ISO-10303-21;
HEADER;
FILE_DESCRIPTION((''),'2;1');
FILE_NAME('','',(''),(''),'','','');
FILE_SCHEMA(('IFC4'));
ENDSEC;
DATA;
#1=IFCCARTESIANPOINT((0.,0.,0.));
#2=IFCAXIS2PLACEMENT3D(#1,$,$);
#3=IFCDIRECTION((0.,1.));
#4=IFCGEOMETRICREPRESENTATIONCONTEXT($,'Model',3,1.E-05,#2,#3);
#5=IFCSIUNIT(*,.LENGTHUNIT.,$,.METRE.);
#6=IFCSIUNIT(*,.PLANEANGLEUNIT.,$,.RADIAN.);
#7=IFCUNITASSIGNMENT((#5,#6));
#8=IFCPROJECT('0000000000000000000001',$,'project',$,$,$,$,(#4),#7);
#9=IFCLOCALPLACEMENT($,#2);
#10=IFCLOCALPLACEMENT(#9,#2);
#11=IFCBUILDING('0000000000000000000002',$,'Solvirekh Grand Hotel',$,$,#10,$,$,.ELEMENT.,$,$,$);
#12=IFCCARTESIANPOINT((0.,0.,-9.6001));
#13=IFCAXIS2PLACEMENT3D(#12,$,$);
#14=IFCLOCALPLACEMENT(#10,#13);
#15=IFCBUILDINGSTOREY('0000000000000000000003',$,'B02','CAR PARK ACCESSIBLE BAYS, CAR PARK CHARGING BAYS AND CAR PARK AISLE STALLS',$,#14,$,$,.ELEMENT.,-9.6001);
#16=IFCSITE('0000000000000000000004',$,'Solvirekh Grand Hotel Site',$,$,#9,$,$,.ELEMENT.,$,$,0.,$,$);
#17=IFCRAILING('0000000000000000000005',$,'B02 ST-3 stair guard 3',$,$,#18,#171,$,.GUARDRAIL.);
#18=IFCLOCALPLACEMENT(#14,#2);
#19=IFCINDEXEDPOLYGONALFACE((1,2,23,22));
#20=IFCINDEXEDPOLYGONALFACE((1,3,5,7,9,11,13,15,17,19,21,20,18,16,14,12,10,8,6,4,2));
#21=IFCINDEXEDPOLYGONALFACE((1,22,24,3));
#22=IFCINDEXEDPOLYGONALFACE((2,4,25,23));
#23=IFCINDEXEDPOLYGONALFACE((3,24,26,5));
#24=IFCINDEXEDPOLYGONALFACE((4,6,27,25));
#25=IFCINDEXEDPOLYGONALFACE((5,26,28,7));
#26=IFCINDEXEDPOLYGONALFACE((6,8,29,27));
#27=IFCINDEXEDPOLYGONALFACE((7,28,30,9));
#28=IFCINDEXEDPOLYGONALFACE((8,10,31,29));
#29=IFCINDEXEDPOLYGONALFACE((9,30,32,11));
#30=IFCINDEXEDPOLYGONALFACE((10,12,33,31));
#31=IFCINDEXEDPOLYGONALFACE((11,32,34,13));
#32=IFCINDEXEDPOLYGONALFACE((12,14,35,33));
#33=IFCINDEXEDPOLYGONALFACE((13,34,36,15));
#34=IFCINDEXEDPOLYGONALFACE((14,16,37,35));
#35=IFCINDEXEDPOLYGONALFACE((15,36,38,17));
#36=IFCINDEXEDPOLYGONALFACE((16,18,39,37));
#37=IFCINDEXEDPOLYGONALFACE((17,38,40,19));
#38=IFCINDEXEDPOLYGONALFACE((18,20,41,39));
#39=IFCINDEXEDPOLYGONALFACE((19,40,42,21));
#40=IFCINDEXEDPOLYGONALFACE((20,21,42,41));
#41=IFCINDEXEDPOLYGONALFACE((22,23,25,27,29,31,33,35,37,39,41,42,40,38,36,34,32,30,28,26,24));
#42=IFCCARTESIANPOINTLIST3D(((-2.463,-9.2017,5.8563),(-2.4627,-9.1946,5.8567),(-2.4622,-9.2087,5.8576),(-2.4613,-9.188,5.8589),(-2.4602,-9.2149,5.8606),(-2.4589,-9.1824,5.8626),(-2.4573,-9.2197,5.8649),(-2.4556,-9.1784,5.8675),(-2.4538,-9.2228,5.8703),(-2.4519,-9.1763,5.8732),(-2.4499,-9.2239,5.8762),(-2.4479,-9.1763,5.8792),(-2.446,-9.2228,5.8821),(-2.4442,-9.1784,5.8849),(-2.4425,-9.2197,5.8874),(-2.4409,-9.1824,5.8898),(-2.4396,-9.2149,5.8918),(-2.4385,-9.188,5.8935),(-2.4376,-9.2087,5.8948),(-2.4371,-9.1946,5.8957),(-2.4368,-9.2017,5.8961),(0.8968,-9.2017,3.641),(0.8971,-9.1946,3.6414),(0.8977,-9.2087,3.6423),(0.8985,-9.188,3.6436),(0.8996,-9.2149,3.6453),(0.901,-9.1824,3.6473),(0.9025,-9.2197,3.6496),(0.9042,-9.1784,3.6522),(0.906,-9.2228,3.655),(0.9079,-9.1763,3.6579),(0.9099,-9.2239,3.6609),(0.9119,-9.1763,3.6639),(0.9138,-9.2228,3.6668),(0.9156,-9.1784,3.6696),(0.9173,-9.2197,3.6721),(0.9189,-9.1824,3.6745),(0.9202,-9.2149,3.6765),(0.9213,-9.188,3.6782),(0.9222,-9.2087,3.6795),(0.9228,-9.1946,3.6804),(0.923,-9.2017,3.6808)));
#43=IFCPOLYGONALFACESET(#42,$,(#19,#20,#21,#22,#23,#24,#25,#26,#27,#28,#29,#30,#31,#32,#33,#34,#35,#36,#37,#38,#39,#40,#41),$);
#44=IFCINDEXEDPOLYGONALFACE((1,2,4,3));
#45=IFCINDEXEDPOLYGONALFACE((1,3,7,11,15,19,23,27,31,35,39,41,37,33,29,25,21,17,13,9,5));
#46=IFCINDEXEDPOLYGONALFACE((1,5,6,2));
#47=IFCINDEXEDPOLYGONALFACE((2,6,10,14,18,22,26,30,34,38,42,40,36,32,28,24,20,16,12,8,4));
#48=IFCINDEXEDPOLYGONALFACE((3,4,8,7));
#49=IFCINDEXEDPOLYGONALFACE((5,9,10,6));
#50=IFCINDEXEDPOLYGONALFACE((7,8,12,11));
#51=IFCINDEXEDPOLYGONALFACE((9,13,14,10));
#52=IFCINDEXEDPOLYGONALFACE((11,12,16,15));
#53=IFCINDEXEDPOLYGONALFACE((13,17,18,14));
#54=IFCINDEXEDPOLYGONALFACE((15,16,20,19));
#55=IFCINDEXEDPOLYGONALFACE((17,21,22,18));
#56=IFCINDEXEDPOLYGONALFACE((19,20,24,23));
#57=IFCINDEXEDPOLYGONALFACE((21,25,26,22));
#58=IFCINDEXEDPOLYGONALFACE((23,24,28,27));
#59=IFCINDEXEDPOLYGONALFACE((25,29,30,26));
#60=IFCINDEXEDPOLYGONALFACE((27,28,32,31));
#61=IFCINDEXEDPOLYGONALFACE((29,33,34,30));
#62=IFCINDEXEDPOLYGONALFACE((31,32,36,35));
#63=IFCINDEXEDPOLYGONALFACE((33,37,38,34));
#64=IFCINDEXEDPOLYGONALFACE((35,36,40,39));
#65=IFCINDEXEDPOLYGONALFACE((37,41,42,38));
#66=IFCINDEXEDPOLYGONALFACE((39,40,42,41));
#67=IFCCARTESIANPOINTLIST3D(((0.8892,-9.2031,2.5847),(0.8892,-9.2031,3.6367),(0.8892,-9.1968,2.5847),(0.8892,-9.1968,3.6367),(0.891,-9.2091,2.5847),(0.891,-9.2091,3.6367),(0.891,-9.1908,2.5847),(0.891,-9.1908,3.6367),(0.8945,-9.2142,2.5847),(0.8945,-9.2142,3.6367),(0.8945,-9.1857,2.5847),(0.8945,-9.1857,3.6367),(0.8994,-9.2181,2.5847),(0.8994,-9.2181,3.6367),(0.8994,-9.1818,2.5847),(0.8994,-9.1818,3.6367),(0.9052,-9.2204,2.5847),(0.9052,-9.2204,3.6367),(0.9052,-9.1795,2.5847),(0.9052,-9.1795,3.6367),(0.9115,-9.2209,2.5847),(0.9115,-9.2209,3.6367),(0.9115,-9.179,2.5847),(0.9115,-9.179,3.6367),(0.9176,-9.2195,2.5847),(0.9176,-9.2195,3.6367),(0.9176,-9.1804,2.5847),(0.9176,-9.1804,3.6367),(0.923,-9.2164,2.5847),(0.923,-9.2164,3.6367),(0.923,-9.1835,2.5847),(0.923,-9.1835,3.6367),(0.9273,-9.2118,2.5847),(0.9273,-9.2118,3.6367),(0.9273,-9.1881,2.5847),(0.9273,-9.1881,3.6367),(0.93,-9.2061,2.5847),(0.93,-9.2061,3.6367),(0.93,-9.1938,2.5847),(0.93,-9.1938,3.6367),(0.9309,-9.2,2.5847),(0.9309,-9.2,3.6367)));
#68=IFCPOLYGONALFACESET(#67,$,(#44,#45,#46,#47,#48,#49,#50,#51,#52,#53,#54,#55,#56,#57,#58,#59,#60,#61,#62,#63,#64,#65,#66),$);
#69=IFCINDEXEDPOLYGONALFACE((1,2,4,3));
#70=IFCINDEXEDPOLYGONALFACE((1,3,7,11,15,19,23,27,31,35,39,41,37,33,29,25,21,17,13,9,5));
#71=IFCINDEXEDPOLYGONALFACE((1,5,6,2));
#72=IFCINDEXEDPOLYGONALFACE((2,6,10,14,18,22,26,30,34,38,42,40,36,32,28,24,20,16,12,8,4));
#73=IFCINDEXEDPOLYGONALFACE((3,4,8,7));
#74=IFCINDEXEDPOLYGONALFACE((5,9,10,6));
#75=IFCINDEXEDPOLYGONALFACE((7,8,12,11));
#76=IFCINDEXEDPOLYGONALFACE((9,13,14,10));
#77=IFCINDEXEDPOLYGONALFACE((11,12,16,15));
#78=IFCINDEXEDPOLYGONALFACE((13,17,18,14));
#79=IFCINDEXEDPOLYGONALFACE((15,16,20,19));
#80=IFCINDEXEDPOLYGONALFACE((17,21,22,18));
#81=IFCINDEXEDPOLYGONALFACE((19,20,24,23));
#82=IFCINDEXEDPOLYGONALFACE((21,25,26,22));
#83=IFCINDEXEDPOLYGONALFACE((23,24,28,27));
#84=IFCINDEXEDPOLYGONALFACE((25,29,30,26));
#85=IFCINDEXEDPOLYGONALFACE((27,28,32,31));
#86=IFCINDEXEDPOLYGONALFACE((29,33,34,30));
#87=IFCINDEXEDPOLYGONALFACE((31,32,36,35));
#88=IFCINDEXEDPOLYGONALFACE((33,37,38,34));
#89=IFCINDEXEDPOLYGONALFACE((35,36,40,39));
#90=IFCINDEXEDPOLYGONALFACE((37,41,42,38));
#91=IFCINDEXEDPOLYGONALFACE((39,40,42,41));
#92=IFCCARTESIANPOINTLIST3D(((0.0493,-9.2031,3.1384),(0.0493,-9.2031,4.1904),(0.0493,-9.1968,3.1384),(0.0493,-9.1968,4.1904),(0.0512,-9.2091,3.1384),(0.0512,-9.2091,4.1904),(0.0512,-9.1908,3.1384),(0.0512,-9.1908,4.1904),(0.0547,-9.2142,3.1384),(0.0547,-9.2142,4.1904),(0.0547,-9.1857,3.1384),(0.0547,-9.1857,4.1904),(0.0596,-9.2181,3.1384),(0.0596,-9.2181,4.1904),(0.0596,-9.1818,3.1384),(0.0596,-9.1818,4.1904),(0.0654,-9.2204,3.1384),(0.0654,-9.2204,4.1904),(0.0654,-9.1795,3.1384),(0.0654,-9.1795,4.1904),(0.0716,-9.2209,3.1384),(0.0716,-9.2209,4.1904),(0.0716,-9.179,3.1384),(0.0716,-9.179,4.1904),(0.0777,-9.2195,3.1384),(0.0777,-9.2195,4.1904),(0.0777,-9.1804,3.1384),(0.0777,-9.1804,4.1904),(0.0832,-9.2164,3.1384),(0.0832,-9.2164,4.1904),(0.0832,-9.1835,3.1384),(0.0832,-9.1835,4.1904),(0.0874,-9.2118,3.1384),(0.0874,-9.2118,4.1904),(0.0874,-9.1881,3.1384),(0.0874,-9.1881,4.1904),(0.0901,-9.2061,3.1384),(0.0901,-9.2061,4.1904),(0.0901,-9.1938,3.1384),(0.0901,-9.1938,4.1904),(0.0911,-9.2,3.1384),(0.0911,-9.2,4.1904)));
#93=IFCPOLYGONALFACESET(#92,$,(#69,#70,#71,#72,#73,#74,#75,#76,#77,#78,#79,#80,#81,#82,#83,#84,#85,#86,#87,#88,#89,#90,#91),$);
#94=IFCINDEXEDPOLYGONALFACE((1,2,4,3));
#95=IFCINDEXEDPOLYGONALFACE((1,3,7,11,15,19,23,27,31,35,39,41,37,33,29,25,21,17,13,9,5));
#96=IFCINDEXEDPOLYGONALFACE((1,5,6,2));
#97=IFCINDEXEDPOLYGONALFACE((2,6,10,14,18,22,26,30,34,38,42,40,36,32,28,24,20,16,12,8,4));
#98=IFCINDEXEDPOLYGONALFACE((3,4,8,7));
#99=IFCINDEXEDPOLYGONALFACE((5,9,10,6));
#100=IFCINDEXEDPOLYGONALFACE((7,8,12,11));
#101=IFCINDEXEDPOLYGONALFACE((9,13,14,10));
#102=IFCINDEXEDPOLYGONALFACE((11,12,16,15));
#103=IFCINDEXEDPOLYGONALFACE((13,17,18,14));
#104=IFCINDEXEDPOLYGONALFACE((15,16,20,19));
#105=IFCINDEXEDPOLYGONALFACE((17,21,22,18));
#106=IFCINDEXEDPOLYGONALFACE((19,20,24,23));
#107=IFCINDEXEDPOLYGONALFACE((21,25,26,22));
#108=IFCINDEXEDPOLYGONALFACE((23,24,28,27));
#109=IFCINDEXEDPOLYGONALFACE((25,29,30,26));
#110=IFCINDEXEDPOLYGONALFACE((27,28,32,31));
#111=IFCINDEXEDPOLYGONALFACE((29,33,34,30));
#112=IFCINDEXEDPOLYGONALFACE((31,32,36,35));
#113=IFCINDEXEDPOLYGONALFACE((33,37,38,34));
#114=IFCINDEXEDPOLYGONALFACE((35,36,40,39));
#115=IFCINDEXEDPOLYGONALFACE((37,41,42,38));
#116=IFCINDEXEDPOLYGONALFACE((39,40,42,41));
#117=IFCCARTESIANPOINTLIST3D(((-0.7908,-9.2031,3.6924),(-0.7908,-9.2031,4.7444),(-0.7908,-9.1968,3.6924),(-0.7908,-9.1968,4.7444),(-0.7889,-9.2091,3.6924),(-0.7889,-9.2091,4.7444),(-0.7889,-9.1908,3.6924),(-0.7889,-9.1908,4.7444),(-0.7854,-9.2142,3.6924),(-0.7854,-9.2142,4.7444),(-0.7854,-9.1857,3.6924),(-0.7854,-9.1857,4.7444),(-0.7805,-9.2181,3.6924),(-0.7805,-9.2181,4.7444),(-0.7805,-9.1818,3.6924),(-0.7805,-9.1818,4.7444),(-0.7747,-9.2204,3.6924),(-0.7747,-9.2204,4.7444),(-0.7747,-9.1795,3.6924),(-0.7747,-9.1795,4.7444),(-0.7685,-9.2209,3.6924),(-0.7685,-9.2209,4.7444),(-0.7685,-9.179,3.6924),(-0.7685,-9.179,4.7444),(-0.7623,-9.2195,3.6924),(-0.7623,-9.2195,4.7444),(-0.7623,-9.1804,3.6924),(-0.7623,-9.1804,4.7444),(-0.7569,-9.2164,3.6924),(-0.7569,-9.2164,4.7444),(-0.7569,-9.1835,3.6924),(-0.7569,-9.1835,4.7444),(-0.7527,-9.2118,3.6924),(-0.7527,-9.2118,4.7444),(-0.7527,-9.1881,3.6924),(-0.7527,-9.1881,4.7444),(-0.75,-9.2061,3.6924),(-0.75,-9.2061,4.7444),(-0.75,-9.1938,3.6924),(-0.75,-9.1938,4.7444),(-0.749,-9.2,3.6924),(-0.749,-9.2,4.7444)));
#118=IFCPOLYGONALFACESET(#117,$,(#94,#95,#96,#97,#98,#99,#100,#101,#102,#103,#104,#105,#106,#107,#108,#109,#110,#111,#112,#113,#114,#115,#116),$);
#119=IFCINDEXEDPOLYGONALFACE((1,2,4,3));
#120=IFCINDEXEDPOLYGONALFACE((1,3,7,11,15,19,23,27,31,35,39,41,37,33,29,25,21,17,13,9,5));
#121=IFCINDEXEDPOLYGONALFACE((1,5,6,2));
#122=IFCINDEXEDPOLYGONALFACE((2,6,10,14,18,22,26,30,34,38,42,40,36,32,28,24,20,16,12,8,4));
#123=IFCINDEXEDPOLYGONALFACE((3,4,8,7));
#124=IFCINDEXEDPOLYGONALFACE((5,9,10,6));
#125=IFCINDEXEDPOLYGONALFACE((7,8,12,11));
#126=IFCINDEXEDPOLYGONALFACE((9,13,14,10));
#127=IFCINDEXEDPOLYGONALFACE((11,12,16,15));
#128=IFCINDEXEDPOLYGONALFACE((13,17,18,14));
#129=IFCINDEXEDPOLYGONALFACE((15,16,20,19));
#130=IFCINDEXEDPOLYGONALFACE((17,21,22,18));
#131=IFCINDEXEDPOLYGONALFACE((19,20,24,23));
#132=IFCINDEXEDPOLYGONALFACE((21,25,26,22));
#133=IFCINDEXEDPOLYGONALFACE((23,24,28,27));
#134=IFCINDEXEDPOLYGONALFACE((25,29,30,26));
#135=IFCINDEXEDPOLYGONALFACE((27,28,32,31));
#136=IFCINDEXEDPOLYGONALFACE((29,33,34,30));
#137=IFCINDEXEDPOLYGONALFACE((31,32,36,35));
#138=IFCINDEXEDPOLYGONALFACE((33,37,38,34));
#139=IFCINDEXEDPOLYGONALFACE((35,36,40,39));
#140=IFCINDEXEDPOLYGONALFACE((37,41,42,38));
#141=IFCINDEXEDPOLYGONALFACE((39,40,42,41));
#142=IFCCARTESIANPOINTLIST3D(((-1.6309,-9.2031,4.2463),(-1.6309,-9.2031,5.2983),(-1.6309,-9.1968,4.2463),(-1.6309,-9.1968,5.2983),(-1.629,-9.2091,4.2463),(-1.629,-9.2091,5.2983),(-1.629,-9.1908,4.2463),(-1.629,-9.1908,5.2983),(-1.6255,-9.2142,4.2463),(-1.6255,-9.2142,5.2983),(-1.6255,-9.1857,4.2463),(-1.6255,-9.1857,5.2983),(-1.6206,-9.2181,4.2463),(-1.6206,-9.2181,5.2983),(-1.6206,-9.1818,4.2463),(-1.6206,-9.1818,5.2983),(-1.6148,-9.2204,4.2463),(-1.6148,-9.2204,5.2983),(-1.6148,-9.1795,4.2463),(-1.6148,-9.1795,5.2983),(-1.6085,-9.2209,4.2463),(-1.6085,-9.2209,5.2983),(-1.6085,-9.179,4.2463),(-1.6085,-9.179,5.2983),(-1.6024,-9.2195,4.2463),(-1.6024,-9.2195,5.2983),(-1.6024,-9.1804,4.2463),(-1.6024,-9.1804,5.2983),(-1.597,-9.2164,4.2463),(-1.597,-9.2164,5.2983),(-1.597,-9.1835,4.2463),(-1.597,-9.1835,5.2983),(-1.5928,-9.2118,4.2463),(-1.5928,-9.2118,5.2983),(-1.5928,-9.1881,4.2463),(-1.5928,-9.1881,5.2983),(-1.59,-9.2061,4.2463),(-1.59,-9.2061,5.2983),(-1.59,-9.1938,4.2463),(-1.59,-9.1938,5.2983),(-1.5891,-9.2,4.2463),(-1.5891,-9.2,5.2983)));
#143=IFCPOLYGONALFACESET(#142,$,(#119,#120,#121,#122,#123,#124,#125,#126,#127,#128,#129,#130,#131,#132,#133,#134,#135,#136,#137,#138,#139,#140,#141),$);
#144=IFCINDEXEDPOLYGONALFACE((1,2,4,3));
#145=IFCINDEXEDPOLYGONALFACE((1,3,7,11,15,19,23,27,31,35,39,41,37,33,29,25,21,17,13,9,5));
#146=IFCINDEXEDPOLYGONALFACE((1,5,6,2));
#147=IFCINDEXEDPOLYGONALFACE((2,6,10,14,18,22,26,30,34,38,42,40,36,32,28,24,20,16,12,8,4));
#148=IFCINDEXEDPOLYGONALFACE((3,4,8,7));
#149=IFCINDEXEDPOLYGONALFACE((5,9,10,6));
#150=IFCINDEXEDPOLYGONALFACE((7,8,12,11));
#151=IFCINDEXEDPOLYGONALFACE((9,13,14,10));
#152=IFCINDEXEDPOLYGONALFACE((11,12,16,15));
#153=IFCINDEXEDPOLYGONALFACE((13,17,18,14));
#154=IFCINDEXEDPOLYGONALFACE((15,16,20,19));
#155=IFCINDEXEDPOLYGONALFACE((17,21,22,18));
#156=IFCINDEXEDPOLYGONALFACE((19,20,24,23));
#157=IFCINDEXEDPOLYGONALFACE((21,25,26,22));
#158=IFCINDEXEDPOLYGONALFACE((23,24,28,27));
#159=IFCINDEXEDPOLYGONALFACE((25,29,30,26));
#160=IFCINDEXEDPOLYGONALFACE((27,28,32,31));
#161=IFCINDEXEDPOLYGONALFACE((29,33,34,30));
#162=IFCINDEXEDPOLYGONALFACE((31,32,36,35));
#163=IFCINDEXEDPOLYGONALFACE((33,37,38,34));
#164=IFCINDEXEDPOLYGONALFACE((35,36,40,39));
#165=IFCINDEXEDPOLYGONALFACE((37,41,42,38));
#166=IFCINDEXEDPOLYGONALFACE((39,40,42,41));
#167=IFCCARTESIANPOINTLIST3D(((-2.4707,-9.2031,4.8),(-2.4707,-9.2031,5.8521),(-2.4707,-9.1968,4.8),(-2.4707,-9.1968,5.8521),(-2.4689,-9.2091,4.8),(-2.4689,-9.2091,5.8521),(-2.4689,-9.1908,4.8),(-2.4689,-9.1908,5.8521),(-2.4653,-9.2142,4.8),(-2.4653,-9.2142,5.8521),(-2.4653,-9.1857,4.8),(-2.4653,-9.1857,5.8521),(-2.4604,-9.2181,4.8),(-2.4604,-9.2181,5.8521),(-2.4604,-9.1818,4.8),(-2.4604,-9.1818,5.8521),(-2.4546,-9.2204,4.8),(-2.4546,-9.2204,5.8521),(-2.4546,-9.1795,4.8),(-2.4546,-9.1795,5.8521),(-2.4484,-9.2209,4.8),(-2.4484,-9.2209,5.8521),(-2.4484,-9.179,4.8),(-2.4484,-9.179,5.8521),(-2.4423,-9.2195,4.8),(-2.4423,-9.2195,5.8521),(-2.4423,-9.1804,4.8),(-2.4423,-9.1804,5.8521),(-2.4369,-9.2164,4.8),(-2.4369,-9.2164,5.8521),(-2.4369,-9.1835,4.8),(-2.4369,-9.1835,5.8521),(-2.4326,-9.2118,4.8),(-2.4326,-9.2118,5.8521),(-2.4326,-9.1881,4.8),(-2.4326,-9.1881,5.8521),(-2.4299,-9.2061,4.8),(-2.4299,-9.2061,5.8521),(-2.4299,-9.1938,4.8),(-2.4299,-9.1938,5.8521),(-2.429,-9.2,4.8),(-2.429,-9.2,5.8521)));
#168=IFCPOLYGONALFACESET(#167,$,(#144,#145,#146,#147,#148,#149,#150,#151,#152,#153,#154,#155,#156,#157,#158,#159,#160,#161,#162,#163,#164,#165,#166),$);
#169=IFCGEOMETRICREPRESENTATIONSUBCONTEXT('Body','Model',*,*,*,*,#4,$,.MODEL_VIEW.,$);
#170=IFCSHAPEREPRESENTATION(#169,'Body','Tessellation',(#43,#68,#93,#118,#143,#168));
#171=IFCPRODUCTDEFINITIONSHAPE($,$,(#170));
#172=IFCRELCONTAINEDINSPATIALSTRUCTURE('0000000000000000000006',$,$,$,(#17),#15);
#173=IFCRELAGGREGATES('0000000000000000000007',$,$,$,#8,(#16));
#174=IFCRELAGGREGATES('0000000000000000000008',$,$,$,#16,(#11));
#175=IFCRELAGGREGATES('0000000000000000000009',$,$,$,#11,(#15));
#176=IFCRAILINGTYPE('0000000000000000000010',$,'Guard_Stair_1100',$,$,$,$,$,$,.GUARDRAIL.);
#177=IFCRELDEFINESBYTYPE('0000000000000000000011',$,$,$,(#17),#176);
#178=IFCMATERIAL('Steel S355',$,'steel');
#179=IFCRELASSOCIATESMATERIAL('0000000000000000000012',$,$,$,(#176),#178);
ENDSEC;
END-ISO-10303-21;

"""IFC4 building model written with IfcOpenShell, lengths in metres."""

from ifc_helpers import new_model, si_unit, direction, frame, origin, origin_2d, place, context, subcontext, project, spatial, circle, extrude, material, type_object, element, save


model = new_model("IFC4")

# Units and contexts
model_context = context("Model", 3, precision=1e-05, world=origin(), true_north=direction((0.0, 1.0)))
body_context = subcontext(model_context, "Body", "Model", "MODEL_VIEW")
ifc_project = project(units=[si_unit("LENGTHUNIT", "METRE"), si_unit("PLANEANGLEUNIT", "RADIAN")], contexts=[model_context])

# Site, building, storey
site_placement = place(None, origin())
site = spatial("IfcSite", under=ifc_project, at=site_placement, Name="Solvirekh Grand Hotel Site", CompositionType="ELEMENT", RefElevation=0.0)
building_placement = place(site_placement, origin())
building = spatial("IfcBuilding", under=site, at=building_placement, Name="Solvirekh Grand Hotel", CompositionType="ELEMENT")
storey_placement = place(building_placement, frame((0.0, 0.0, -9.6001)))
storey = spatial("IfcBuildingStorey", under=building, at=storey_placement, Name="B02", Description="CAR PARK ACCESSIBLE BAYS, CAR PARK CHARGING BAYS AND CAR PARK AISLE STALLS", CompositionType="ELEMENT", Elevation=-9.6001)

# Shared definitions
ifc_material_1 = material(Name="Steel S355", Category="steel")

# Railing
railing_type_1 = type_object("IfcRailingType", Name="Guard_Stair_1100", PredefinedType="GUARDRAIL", material=ifc_material_1)
railing_1_placement = place(storey_placement, frame((0.9099, -9.2, 2.5847)))
element("IfcRailing", 1, at=railing_1_placement, inside=storey, type_object=railing_type_1, Name="B02 ST-3 stair guard 3", PredefinedType="GUARDRAIL", context=body_context, shape_type="SweptSolid", body=[
    extrude(circle(Radius=0.0239, at=origin_2d()), frame((0.0, 0.0, 1.0762), z_axis=(-0.834858, 0.0, 0.550465), x_axis=(0.0, -1.0, 0.0)), (0.0, 0.0, 1.0), 4.0244),
    extrude(circle(Radius=0.021, at=origin_2d()), origin(), (0.0, 0.0, 1.0), 1.052),
    extrude(circle(Radius=0.021, at=origin_2d()), frame((-0.8398, 0.0, 0.5537)), (0.0, 0.0, 1.0), 1.052),
    extrude(circle(Radius=0.021, at=origin_2d()), frame((-1.6799, 0.0, 1.1077)), (0.0, 0.0, 1.0), 1.052),
    extrude(circle(Radius=0.021, at=origin_2d()), frame((-2.52, 0.0, 1.6616)), (0.0, 0.0, 1.0), 1.052),
    extrude(circle(Radius=0.021, at=origin_2d()), frame((-3.3599, 0.0, 2.2153)), (0.0, 0.0, 1.0), 1.052),
])

save(model, "model.ifc")
